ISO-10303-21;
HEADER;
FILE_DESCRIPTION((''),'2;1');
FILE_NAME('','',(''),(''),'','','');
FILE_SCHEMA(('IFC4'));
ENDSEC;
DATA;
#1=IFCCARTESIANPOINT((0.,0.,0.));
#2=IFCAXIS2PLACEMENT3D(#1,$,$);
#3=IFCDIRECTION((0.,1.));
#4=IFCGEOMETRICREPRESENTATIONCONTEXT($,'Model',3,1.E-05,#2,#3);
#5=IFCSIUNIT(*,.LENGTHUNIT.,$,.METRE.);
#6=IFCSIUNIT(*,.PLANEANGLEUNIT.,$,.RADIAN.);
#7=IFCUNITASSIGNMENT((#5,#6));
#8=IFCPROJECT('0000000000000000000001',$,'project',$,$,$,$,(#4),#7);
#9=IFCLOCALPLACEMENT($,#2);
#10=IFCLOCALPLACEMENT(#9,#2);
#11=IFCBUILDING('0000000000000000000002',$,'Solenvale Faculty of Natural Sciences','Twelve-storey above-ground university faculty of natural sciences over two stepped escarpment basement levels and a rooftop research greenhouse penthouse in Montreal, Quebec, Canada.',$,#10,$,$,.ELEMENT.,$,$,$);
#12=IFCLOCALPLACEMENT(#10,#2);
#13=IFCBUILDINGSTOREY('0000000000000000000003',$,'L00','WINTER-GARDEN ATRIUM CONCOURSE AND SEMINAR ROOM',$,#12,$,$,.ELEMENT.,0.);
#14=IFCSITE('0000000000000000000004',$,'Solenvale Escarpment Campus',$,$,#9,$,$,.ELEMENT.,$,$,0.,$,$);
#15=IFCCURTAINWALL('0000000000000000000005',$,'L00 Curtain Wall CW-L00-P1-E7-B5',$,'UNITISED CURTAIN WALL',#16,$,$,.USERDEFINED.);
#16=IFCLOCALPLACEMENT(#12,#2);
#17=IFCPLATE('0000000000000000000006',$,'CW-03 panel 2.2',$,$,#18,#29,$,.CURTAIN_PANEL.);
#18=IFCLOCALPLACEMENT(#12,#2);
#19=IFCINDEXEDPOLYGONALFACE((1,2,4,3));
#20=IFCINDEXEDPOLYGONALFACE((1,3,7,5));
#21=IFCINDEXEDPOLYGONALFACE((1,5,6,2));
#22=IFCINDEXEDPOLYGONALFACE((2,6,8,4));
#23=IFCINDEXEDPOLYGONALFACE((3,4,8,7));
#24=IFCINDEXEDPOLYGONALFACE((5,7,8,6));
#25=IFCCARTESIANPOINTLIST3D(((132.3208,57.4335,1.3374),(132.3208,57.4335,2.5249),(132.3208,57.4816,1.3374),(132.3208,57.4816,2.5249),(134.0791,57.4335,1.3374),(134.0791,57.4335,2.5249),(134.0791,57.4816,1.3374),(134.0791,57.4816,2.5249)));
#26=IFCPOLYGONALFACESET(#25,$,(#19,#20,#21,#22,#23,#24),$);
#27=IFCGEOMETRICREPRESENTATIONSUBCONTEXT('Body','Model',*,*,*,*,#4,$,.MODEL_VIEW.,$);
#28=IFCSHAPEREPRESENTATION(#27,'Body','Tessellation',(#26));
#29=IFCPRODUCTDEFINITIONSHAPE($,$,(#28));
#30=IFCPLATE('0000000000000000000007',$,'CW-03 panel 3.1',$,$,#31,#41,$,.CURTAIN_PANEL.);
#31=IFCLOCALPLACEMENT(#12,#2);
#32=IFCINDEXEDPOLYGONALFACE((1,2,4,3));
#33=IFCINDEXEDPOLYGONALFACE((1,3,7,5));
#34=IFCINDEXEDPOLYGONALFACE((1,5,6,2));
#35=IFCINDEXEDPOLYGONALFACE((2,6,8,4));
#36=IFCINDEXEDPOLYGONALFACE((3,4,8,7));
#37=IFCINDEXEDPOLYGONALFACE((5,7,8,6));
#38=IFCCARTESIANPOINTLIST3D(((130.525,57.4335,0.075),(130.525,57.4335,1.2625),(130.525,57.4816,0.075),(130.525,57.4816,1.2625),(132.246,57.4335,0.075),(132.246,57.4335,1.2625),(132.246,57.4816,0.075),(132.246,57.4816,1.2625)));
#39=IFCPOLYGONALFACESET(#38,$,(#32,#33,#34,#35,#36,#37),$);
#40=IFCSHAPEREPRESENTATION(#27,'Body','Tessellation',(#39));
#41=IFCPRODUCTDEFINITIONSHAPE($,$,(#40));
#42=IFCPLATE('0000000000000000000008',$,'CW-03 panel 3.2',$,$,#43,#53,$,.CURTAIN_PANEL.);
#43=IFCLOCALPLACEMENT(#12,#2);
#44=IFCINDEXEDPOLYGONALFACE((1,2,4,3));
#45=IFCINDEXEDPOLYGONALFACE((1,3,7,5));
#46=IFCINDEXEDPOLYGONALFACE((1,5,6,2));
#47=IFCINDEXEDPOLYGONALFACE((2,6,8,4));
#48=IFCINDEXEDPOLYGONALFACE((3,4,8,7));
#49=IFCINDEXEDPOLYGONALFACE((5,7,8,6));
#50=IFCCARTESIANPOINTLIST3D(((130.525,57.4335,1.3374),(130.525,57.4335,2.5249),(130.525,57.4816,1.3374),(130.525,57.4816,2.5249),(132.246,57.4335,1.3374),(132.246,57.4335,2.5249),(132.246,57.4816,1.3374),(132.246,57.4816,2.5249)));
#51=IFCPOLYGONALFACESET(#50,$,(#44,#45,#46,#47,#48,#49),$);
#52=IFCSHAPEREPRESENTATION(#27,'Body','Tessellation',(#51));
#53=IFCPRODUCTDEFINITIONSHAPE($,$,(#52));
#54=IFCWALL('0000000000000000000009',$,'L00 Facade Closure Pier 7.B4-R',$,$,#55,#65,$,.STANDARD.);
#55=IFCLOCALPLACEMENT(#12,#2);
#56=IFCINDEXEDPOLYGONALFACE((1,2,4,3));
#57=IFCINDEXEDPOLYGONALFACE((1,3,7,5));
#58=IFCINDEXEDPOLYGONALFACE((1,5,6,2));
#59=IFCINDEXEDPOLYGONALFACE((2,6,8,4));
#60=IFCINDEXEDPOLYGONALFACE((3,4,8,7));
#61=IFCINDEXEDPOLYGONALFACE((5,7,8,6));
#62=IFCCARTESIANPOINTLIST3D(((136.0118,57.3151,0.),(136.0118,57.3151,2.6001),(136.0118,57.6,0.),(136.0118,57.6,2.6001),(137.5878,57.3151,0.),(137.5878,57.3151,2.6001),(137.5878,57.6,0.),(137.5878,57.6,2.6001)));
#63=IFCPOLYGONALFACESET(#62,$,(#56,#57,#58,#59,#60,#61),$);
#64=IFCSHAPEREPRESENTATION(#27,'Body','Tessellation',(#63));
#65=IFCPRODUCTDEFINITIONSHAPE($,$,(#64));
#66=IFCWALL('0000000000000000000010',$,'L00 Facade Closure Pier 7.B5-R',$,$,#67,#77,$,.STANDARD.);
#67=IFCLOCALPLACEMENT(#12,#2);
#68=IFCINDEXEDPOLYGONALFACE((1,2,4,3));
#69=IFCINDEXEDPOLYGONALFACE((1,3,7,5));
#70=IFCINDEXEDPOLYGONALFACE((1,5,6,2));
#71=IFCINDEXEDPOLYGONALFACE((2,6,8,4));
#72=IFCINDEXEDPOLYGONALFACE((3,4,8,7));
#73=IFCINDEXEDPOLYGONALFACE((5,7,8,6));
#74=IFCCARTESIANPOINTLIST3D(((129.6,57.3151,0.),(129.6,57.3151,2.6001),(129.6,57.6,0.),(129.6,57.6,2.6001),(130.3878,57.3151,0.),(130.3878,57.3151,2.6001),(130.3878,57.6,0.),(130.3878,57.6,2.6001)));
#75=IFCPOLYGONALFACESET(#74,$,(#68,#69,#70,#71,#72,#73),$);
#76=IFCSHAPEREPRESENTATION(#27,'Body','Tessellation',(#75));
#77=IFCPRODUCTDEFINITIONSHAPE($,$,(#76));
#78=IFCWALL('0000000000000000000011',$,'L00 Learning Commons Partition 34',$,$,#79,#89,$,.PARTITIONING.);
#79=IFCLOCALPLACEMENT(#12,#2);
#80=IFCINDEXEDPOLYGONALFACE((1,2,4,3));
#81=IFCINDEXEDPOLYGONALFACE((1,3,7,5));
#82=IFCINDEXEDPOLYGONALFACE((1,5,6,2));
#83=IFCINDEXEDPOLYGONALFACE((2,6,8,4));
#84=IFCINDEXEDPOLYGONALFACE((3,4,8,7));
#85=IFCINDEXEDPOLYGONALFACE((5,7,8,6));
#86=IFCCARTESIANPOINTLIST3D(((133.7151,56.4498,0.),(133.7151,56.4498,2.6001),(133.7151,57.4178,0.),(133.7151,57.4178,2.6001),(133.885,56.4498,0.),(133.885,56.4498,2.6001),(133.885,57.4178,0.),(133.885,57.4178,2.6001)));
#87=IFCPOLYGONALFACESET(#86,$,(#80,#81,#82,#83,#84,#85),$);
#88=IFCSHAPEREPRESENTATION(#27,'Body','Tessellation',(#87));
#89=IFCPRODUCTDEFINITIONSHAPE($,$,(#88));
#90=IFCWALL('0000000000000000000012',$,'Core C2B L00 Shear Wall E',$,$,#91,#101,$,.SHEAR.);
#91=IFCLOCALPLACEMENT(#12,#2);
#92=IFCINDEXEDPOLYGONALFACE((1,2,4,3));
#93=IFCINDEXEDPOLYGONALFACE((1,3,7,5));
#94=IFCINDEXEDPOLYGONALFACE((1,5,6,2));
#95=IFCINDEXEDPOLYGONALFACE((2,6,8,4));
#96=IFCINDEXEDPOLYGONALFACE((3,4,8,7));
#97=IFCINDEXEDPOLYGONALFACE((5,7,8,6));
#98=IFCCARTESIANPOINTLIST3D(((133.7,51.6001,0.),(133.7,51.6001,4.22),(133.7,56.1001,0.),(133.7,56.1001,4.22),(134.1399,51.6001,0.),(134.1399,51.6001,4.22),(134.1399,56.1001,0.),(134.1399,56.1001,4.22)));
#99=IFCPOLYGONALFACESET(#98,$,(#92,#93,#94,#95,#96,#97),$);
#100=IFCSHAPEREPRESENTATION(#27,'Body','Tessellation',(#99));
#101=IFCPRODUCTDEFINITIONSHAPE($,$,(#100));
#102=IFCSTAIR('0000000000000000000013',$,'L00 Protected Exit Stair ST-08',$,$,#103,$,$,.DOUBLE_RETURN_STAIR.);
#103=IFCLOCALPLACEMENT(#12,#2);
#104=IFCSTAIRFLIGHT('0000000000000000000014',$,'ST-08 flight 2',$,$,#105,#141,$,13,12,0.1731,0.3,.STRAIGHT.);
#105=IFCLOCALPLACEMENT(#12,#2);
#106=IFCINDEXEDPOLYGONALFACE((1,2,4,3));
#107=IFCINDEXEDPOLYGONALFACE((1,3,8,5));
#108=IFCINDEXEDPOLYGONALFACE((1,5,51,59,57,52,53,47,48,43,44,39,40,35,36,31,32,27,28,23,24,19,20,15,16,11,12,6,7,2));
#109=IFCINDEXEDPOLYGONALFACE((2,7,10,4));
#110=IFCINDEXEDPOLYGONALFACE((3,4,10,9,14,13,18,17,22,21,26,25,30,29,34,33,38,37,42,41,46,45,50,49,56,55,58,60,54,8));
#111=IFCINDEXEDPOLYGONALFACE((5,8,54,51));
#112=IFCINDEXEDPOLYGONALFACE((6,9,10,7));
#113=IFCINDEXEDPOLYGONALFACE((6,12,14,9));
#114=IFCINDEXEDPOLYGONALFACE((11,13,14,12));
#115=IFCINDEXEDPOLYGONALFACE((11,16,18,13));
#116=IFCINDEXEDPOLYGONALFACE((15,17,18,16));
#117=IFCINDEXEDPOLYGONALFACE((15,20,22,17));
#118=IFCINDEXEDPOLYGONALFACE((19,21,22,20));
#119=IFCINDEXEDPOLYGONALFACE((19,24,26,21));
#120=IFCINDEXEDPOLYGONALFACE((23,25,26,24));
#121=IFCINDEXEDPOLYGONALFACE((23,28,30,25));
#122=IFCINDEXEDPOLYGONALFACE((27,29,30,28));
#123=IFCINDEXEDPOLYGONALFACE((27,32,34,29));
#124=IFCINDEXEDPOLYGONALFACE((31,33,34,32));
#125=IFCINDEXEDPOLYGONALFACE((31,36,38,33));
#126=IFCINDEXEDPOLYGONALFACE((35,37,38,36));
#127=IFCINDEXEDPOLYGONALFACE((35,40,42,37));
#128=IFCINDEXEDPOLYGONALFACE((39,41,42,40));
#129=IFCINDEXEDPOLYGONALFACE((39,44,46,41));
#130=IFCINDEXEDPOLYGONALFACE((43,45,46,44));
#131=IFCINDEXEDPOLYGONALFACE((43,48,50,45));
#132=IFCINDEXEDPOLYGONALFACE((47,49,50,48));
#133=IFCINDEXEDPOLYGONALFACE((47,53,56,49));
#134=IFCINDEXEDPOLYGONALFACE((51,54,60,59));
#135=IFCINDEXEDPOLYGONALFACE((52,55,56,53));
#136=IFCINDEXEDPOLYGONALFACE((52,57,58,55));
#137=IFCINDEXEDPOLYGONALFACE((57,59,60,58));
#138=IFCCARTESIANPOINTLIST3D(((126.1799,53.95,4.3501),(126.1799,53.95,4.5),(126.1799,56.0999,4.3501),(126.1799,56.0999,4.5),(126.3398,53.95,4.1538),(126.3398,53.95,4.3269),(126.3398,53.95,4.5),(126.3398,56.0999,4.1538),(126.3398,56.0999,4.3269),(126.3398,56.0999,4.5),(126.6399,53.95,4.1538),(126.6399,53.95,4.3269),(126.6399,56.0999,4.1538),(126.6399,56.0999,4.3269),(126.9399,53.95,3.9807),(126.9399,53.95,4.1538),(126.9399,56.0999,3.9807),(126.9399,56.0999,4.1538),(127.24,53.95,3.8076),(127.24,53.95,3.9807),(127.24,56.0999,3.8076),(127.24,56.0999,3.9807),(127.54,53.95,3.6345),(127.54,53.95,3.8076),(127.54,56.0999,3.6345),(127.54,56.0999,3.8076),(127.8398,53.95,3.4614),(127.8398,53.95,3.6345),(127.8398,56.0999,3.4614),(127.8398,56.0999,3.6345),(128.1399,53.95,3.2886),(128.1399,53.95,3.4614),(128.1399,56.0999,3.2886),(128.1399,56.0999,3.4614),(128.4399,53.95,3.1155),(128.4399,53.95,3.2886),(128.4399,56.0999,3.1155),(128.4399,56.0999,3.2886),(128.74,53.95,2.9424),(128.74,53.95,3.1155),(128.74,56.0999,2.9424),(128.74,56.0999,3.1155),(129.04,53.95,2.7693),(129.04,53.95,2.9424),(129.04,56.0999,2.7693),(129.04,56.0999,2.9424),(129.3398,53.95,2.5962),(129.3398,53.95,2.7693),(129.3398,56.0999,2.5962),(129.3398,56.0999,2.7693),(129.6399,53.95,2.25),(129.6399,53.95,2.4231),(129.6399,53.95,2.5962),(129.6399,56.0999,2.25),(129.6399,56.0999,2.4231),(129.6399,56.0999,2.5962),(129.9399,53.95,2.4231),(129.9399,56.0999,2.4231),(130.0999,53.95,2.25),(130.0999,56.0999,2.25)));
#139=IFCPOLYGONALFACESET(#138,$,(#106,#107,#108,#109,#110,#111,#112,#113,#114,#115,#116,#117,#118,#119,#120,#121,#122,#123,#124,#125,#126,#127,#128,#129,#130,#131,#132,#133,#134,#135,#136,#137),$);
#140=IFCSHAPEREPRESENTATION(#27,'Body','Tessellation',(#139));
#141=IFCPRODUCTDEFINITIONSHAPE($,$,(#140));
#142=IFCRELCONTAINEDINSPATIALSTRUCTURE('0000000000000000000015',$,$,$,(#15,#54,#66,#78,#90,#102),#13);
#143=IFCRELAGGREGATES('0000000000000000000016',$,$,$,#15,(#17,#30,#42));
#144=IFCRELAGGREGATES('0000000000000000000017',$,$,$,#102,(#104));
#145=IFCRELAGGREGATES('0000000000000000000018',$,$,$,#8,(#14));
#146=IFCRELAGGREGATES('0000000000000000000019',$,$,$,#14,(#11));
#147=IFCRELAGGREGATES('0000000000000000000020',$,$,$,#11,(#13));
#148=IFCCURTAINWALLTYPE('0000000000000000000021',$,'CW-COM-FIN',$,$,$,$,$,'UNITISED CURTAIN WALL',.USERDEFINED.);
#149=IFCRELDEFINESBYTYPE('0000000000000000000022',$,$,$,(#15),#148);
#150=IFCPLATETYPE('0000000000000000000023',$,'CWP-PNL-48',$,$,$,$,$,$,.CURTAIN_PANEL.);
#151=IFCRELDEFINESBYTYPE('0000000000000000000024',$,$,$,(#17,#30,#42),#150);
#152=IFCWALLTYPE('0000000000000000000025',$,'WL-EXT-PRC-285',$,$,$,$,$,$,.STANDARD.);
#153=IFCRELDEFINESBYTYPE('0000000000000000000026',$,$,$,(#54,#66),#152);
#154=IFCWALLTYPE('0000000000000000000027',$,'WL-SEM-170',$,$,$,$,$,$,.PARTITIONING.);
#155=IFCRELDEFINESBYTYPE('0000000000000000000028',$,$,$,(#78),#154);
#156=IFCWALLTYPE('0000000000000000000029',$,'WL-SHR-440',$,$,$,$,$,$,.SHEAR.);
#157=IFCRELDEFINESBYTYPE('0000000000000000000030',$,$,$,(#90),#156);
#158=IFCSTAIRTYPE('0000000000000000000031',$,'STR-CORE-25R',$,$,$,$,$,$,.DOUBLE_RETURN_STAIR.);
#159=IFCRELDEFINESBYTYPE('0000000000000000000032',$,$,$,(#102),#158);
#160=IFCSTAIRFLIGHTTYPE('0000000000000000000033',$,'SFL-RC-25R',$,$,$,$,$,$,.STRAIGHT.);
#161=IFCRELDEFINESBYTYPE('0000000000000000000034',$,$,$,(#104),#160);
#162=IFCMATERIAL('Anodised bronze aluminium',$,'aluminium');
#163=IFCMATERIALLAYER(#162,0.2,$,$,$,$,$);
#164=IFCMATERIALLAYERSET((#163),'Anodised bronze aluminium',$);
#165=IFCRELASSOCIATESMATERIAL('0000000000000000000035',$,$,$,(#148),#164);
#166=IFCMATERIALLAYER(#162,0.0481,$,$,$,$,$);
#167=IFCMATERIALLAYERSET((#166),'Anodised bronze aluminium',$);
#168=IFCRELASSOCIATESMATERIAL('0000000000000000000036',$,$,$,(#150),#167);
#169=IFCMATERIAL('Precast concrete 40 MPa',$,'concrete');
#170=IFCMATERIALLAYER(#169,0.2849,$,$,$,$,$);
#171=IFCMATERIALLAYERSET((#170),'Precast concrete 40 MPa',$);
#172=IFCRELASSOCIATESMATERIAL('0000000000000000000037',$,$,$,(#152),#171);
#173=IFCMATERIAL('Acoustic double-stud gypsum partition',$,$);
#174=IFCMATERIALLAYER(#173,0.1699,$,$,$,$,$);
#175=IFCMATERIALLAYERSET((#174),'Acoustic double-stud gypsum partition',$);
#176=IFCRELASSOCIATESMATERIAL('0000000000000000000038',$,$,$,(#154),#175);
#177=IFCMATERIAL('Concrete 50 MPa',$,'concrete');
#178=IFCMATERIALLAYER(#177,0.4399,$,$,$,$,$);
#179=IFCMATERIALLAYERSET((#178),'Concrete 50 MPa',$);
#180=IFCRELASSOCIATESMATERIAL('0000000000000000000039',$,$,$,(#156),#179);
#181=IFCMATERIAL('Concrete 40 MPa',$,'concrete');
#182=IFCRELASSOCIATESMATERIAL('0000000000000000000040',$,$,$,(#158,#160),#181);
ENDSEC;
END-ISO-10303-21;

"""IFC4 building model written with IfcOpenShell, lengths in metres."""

from ifc_helpers import new_model, si_unit, direction, frame, frame_2d, origin, origin_2d, place, context, subcontext, project, spatial, polyline, rectangle, outline, extrude, material, layer, layer_set, type_object, element, aggregate, save


model = new_model("IFC4")

# Units and contexts
model_context = context("Model", 3, precision=1e-05, world=origin(), true_north=direction((0.0, 1.0)))
body_context = subcontext(model_context, "Body", "Model", "MODEL_VIEW")
ifc_project = project(units=[si_unit("LENGTHUNIT", "METRE"), si_unit("PLANEANGLEUNIT", "RADIAN")], contexts=[model_context])

# Site, building, storey
site_placement = place(None, origin())
site = spatial("IfcSite", under=ifc_project, at=site_placement, Name="Solenvale Escarpment Campus", CompositionType="ELEMENT", RefElevation=0.0)
building_placement = place(site_placement, origin())
building = spatial("IfcBuilding", under=site, at=building_placement, Name="Solenvale Faculty of Natural Sciences", Description="Twelve-storey above-ground university faculty of natural sciences over two stepped escarpment basement levels and a rooftop research greenhouse penthouse in Montreal, Quebec, Canada.", CompositionType="ELEMENT")
storey_placement = place(building_placement, origin())
storey = spatial("IfcBuildingStorey", under=building, at=storey_placement, Name="L00", Description="WINTER-GARDEN ATRIUM CONCOURSE AND SEMINAR ROOM", CompositionType="ELEMENT", Elevation=0.0)

# Shared definitions
ifc_material_1 = material(Name="Concrete 50 MPa", Category="concrete")

# Shared definitions
ifc_material_2 = material(Name="Concrete 40 MPa", Category="concrete")

# Shared definitions
ifc_material_3 = material(Name="Anodised bronze aluminium", Category="aluminium")
ifc_layer_1 = layer(ifc_material_3, 0.2)
ifc_layer_set_1 = layer_set([ifc_layer_1], Name="Anodised bronze aluminium")
curtain_wall_type = type_object("IfcCurtainWallType", Name="CW-COM-FIN", ElementType="UNITISED CURTAIN WALL", PredefinedType="USERDEFINED", material=ifc_layer_set_1)

# Curtain wall
curtain_wall_1_placement = place(storey_placement, origin())
curtain_wall_1 = element("IfcCurtainWall", 1, at=curtain_wall_1_placement, inside=storey, type_object=curtain_wall_type, Name="L00 Curtain Wall CW-L00-P1-E7-B5", ObjectType="UNITISED CURTAIN WALL", PredefinedType="USERDEFINED")

# Plates
ifc_layer_2 = layer(ifc_material_3, 0.0481)
ifc_layer_set_2 = layer_set([ifc_layer_2], Name="Anodised bronze aluminium")
plate_type_1 = type_object("IfcPlateType", Name="CWP-PNL-48", PredefinedType="CURTAIN_PANEL", material=ifc_layer_set_2)
plate_1_placement = place(storey_placement, frame((133.2, 57.4575, 1.3374), z_axis=(0.0, 0.0, 1.0), x_axis=(-1.0, 0.0, 0.0)))
plate_1 = element("IfcPlate", 2, at=plate_1_placement, type_object=plate_type_1, Name="CW-03 panel 2.2", PredefinedType="CURTAIN_PANEL", context=body_context, shape_type="SweptSolid", body=[
    extrude(rectangle(XDim=1.7583, YDim=0.0481, at=origin_2d()), origin(), (0.0, 0.0, 1.0), 1.1875),
])
plate_2_placement = place(storey_placement, frame((131.3855, 57.4575, 0.075), z_axis=(0.0, 0.0, 1.0), x_axis=(-1.0, 0.0, 0.0)))
plate_2 = element("IfcPlate", 3, at=plate_2_placement, type_object=plate_type_1, Name="CW-03 panel 3.1", PredefinedType="CURTAIN_PANEL", context=body_context, shape_type="SweptSolid", body=[
    extrude(rectangle(XDim=1.7209, YDim=0.0481, at=origin_2d()), origin(), (0.0, 0.0, 1.0), 1.1875),
])
plate_3_placement = place(storey_placement, frame((131.3855, 57.4575, 1.3374), z_axis=(0.0, 0.0, 1.0), x_axis=(-1.0, 0.0, 0.0)))
plate_3 = element("IfcPlate", 4, at=plate_3_placement, type_object=plate_type_1, Name="CW-03 panel 3.2", PredefinedType="CURTAIN_PANEL", context=body_context, shape_type="SweptSolid", body=[
    extrude(rectangle(XDim=1.7209, YDim=0.0481, at=origin_2d()), origin(), (0.0, 0.0, 1.0), 1.1875),
])
aggregate(curtain_wall_1, [plate_1, plate_2, plate_3])

# Walls
ifc_material_4 = material(Name="Precast concrete 40 MPa", Category="concrete")
ifc_layer_3 = layer(ifc_material_4, 0.2849)
ifc_layer_set_3 = layer_set([ifc_layer_3], Name="Precast concrete 40 MPa")
wall_type_1 = type_object("IfcWallType", Name="WL-EXT-PRC-285", PredefinedType="STANDARD", material=ifc_layer_set_3)
wall_1_placement = place(storey_placement, frame((137.5879, 57.4575, 0.0), z_axis=(0.0, 0.0, 1.0), x_axis=(-1.0, 0.0, 0.0)))
element("IfcWall", 5, at=wall_1_placement, inside=storey, type_object=wall_type_1, Name="L00 Facade Closure Pier 7.B4-R", PredefinedType="STANDARD", context=body_context, shape_type="SweptSolid", body=[
    extrude(rectangle(XDim=1.5759, YDim=0.2849, at=frame_2d((0.7881, 0.0))), origin(), (0.0, 0.0, 1.0), 2.6001),
])
wall_2_placement = place(storey_placement, frame((130.3879, 57.4575, 0.0), z_axis=(0.0, 0.0, 1.0), x_axis=(-1.0, 0.0, 0.0)))
element("IfcWall", 6, at=wall_2_placement, inside=storey, type_object=wall_type_1, Name="L00 Facade Closure Pier 7.B5-R", PredefinedType="STANDARD", context=body_context, shape_type="SweptSolid", body=[
    extrude(rectangle(XDim=0.7878, YDim=0.2849, at=frame_2d((0.394, 0.0))), origin(), (0.0, 0.0, 1.0), 2.6001),
])
ifc_material_5 = material(Name="Acoustic double-stud gypsum partition")
ifc_layer_4 = layer(ifc_material_5, 0.1699)
ifc_layer_set_4 = layer_set([ifc_layer_4], Name="Acoustic double-stud gypsum partition")
wall_type_2 = type_object("IfcWallType", Name="WL-SEM-170", PredefinedType="PARTITIONING", material=ifc_layer_set_4)
wall_3_placement = place(storey_placement, frame((133.8, 56.45, 0.0), z_axis=(0.0, 0.0, 1.0), x_axis=(0.0, 1.0, 0.0)))
element("IfcWall", 7, at=wall_3_placement, inside=storey, type_object=wall_type_2, Name="L00 Learning Commons Partition 34", PredefinedType="PARTITIONING", context=body_context, shape_type="SweptSolid", body=[
    extrude(rectangle(XDim=0.968, YDim=0.1699, at=frame_2d((0.4839, 0.0))), origin(), (0.0, 0.0, 1.0), 2.6001),
])
ifc_layer_5 = layer(ifc_material_1, 0.4399)
ifc_layer_set_5 = layer_set([ifc_layer_5], Name="Concrete 50 MPa")
wall_type_3 = type_object("IfcWallType", Name="WL-SHR-440", PredefinedType="SHEAR", material=ifc_layer_set_5)
wall_4_placement = place(storey_placement, frame((133.9199, 51.6001, 0.0), z_axis=(0.0, 0.0, 1.0), x_axis=(0.0, 1.0, 0.0)))
element("IfcWall", 8, at=wall_4_placement, inside=storey, type_object=wall_type_3, Name="Core C2B L00 Shear Wall E", PredefinedType="SHEAR", context=body_context, shape_type="SweptSolid", body=[
    extrude(rectangle(XDim=4.5, YDim=0.4399, at=frame_2d((2.25, 0.0))), origin(), (0.0, 0.0, 1.0), 4.22),
])

# Stair, stair flight
stair_type = type_object("IfcStairType", Name="STR-CORE-25R", PredefinedType="DOUBLE_RETURN_STAIR", material=ifc_material_2)
stair_placement = place(storey_placement, origin())
stair = element("IfcStair", 9, at=stair_placement, inside=storey, type_object=stair_type, Name="L00 Protected Exit Stair ST-08", PredefinedType="DOUBLE_RETURN_STAIR")
stair_flight_type = type_object("IfcStairFlightType", Name="SFL-RC-25R", PredefinedType="STRAIGHT", material=ifc_material_2)
stair_flight_placement = place(storey_placement, frame((129.9399, 55.0249, 2.25), z_axis=(0.0, 0.0, 1.0), x_axis=(-1.0, 0.0, 0.0)))
stair_flight = element("IfcStairFlight", 10, at=stair_flight_placement, type_object=stair_flight_type, Name="ST-08 flight 2", NumberOfRisers=13, NumberOfTreads=12, PredefinedType="STRAIGHT", RiserHeight=0.1731, TreadLength=0.3, context=body_context, shape_type="SweptSolid", body=[
    extrude(outline(polyline([(-0.1599, 0.0), (0.0, 0.1731), (0.3, 0.1731), (0.3, 0.3462), (0.6001, 0.3462), (0.6001, 0.5193), (0.8999, 0.5193), (0.8999, 0.6924), (1.2, 0.6924), (1.2, 0.8655), (1.5, 0.8655), (1.5, 1.0386), (1.8, 1.0386), (1.8, 1.2114), (2.1001, 1.2114), (2.1001, 1.3845), (2.3999, 1.3845), (2.3999, 1.5576), (2.7, 1.5576), (2.7, 1.7307), (3.0, 1.7307), (3.0, 1.9038), (3.3, 1.9038), (3.3, 2.0769), (3.6001, 2.0769), (3.6001, 2.25), (3.76, 2.25), (3.76, 2.1001), (3.6001, 1.9038), (0.3, 0.0), (-0.1599, 0.0)])), frame((0.0, 1.075, 0.0), z_axis=(0.0, -1.0, 0.0), x_axis=(1.0, 0.0, 0.0)), (0.0, 0.0, 1.0), 2.1499),
])
aggregate(stair, [stair_flight])

save(model, "model.ifc")
